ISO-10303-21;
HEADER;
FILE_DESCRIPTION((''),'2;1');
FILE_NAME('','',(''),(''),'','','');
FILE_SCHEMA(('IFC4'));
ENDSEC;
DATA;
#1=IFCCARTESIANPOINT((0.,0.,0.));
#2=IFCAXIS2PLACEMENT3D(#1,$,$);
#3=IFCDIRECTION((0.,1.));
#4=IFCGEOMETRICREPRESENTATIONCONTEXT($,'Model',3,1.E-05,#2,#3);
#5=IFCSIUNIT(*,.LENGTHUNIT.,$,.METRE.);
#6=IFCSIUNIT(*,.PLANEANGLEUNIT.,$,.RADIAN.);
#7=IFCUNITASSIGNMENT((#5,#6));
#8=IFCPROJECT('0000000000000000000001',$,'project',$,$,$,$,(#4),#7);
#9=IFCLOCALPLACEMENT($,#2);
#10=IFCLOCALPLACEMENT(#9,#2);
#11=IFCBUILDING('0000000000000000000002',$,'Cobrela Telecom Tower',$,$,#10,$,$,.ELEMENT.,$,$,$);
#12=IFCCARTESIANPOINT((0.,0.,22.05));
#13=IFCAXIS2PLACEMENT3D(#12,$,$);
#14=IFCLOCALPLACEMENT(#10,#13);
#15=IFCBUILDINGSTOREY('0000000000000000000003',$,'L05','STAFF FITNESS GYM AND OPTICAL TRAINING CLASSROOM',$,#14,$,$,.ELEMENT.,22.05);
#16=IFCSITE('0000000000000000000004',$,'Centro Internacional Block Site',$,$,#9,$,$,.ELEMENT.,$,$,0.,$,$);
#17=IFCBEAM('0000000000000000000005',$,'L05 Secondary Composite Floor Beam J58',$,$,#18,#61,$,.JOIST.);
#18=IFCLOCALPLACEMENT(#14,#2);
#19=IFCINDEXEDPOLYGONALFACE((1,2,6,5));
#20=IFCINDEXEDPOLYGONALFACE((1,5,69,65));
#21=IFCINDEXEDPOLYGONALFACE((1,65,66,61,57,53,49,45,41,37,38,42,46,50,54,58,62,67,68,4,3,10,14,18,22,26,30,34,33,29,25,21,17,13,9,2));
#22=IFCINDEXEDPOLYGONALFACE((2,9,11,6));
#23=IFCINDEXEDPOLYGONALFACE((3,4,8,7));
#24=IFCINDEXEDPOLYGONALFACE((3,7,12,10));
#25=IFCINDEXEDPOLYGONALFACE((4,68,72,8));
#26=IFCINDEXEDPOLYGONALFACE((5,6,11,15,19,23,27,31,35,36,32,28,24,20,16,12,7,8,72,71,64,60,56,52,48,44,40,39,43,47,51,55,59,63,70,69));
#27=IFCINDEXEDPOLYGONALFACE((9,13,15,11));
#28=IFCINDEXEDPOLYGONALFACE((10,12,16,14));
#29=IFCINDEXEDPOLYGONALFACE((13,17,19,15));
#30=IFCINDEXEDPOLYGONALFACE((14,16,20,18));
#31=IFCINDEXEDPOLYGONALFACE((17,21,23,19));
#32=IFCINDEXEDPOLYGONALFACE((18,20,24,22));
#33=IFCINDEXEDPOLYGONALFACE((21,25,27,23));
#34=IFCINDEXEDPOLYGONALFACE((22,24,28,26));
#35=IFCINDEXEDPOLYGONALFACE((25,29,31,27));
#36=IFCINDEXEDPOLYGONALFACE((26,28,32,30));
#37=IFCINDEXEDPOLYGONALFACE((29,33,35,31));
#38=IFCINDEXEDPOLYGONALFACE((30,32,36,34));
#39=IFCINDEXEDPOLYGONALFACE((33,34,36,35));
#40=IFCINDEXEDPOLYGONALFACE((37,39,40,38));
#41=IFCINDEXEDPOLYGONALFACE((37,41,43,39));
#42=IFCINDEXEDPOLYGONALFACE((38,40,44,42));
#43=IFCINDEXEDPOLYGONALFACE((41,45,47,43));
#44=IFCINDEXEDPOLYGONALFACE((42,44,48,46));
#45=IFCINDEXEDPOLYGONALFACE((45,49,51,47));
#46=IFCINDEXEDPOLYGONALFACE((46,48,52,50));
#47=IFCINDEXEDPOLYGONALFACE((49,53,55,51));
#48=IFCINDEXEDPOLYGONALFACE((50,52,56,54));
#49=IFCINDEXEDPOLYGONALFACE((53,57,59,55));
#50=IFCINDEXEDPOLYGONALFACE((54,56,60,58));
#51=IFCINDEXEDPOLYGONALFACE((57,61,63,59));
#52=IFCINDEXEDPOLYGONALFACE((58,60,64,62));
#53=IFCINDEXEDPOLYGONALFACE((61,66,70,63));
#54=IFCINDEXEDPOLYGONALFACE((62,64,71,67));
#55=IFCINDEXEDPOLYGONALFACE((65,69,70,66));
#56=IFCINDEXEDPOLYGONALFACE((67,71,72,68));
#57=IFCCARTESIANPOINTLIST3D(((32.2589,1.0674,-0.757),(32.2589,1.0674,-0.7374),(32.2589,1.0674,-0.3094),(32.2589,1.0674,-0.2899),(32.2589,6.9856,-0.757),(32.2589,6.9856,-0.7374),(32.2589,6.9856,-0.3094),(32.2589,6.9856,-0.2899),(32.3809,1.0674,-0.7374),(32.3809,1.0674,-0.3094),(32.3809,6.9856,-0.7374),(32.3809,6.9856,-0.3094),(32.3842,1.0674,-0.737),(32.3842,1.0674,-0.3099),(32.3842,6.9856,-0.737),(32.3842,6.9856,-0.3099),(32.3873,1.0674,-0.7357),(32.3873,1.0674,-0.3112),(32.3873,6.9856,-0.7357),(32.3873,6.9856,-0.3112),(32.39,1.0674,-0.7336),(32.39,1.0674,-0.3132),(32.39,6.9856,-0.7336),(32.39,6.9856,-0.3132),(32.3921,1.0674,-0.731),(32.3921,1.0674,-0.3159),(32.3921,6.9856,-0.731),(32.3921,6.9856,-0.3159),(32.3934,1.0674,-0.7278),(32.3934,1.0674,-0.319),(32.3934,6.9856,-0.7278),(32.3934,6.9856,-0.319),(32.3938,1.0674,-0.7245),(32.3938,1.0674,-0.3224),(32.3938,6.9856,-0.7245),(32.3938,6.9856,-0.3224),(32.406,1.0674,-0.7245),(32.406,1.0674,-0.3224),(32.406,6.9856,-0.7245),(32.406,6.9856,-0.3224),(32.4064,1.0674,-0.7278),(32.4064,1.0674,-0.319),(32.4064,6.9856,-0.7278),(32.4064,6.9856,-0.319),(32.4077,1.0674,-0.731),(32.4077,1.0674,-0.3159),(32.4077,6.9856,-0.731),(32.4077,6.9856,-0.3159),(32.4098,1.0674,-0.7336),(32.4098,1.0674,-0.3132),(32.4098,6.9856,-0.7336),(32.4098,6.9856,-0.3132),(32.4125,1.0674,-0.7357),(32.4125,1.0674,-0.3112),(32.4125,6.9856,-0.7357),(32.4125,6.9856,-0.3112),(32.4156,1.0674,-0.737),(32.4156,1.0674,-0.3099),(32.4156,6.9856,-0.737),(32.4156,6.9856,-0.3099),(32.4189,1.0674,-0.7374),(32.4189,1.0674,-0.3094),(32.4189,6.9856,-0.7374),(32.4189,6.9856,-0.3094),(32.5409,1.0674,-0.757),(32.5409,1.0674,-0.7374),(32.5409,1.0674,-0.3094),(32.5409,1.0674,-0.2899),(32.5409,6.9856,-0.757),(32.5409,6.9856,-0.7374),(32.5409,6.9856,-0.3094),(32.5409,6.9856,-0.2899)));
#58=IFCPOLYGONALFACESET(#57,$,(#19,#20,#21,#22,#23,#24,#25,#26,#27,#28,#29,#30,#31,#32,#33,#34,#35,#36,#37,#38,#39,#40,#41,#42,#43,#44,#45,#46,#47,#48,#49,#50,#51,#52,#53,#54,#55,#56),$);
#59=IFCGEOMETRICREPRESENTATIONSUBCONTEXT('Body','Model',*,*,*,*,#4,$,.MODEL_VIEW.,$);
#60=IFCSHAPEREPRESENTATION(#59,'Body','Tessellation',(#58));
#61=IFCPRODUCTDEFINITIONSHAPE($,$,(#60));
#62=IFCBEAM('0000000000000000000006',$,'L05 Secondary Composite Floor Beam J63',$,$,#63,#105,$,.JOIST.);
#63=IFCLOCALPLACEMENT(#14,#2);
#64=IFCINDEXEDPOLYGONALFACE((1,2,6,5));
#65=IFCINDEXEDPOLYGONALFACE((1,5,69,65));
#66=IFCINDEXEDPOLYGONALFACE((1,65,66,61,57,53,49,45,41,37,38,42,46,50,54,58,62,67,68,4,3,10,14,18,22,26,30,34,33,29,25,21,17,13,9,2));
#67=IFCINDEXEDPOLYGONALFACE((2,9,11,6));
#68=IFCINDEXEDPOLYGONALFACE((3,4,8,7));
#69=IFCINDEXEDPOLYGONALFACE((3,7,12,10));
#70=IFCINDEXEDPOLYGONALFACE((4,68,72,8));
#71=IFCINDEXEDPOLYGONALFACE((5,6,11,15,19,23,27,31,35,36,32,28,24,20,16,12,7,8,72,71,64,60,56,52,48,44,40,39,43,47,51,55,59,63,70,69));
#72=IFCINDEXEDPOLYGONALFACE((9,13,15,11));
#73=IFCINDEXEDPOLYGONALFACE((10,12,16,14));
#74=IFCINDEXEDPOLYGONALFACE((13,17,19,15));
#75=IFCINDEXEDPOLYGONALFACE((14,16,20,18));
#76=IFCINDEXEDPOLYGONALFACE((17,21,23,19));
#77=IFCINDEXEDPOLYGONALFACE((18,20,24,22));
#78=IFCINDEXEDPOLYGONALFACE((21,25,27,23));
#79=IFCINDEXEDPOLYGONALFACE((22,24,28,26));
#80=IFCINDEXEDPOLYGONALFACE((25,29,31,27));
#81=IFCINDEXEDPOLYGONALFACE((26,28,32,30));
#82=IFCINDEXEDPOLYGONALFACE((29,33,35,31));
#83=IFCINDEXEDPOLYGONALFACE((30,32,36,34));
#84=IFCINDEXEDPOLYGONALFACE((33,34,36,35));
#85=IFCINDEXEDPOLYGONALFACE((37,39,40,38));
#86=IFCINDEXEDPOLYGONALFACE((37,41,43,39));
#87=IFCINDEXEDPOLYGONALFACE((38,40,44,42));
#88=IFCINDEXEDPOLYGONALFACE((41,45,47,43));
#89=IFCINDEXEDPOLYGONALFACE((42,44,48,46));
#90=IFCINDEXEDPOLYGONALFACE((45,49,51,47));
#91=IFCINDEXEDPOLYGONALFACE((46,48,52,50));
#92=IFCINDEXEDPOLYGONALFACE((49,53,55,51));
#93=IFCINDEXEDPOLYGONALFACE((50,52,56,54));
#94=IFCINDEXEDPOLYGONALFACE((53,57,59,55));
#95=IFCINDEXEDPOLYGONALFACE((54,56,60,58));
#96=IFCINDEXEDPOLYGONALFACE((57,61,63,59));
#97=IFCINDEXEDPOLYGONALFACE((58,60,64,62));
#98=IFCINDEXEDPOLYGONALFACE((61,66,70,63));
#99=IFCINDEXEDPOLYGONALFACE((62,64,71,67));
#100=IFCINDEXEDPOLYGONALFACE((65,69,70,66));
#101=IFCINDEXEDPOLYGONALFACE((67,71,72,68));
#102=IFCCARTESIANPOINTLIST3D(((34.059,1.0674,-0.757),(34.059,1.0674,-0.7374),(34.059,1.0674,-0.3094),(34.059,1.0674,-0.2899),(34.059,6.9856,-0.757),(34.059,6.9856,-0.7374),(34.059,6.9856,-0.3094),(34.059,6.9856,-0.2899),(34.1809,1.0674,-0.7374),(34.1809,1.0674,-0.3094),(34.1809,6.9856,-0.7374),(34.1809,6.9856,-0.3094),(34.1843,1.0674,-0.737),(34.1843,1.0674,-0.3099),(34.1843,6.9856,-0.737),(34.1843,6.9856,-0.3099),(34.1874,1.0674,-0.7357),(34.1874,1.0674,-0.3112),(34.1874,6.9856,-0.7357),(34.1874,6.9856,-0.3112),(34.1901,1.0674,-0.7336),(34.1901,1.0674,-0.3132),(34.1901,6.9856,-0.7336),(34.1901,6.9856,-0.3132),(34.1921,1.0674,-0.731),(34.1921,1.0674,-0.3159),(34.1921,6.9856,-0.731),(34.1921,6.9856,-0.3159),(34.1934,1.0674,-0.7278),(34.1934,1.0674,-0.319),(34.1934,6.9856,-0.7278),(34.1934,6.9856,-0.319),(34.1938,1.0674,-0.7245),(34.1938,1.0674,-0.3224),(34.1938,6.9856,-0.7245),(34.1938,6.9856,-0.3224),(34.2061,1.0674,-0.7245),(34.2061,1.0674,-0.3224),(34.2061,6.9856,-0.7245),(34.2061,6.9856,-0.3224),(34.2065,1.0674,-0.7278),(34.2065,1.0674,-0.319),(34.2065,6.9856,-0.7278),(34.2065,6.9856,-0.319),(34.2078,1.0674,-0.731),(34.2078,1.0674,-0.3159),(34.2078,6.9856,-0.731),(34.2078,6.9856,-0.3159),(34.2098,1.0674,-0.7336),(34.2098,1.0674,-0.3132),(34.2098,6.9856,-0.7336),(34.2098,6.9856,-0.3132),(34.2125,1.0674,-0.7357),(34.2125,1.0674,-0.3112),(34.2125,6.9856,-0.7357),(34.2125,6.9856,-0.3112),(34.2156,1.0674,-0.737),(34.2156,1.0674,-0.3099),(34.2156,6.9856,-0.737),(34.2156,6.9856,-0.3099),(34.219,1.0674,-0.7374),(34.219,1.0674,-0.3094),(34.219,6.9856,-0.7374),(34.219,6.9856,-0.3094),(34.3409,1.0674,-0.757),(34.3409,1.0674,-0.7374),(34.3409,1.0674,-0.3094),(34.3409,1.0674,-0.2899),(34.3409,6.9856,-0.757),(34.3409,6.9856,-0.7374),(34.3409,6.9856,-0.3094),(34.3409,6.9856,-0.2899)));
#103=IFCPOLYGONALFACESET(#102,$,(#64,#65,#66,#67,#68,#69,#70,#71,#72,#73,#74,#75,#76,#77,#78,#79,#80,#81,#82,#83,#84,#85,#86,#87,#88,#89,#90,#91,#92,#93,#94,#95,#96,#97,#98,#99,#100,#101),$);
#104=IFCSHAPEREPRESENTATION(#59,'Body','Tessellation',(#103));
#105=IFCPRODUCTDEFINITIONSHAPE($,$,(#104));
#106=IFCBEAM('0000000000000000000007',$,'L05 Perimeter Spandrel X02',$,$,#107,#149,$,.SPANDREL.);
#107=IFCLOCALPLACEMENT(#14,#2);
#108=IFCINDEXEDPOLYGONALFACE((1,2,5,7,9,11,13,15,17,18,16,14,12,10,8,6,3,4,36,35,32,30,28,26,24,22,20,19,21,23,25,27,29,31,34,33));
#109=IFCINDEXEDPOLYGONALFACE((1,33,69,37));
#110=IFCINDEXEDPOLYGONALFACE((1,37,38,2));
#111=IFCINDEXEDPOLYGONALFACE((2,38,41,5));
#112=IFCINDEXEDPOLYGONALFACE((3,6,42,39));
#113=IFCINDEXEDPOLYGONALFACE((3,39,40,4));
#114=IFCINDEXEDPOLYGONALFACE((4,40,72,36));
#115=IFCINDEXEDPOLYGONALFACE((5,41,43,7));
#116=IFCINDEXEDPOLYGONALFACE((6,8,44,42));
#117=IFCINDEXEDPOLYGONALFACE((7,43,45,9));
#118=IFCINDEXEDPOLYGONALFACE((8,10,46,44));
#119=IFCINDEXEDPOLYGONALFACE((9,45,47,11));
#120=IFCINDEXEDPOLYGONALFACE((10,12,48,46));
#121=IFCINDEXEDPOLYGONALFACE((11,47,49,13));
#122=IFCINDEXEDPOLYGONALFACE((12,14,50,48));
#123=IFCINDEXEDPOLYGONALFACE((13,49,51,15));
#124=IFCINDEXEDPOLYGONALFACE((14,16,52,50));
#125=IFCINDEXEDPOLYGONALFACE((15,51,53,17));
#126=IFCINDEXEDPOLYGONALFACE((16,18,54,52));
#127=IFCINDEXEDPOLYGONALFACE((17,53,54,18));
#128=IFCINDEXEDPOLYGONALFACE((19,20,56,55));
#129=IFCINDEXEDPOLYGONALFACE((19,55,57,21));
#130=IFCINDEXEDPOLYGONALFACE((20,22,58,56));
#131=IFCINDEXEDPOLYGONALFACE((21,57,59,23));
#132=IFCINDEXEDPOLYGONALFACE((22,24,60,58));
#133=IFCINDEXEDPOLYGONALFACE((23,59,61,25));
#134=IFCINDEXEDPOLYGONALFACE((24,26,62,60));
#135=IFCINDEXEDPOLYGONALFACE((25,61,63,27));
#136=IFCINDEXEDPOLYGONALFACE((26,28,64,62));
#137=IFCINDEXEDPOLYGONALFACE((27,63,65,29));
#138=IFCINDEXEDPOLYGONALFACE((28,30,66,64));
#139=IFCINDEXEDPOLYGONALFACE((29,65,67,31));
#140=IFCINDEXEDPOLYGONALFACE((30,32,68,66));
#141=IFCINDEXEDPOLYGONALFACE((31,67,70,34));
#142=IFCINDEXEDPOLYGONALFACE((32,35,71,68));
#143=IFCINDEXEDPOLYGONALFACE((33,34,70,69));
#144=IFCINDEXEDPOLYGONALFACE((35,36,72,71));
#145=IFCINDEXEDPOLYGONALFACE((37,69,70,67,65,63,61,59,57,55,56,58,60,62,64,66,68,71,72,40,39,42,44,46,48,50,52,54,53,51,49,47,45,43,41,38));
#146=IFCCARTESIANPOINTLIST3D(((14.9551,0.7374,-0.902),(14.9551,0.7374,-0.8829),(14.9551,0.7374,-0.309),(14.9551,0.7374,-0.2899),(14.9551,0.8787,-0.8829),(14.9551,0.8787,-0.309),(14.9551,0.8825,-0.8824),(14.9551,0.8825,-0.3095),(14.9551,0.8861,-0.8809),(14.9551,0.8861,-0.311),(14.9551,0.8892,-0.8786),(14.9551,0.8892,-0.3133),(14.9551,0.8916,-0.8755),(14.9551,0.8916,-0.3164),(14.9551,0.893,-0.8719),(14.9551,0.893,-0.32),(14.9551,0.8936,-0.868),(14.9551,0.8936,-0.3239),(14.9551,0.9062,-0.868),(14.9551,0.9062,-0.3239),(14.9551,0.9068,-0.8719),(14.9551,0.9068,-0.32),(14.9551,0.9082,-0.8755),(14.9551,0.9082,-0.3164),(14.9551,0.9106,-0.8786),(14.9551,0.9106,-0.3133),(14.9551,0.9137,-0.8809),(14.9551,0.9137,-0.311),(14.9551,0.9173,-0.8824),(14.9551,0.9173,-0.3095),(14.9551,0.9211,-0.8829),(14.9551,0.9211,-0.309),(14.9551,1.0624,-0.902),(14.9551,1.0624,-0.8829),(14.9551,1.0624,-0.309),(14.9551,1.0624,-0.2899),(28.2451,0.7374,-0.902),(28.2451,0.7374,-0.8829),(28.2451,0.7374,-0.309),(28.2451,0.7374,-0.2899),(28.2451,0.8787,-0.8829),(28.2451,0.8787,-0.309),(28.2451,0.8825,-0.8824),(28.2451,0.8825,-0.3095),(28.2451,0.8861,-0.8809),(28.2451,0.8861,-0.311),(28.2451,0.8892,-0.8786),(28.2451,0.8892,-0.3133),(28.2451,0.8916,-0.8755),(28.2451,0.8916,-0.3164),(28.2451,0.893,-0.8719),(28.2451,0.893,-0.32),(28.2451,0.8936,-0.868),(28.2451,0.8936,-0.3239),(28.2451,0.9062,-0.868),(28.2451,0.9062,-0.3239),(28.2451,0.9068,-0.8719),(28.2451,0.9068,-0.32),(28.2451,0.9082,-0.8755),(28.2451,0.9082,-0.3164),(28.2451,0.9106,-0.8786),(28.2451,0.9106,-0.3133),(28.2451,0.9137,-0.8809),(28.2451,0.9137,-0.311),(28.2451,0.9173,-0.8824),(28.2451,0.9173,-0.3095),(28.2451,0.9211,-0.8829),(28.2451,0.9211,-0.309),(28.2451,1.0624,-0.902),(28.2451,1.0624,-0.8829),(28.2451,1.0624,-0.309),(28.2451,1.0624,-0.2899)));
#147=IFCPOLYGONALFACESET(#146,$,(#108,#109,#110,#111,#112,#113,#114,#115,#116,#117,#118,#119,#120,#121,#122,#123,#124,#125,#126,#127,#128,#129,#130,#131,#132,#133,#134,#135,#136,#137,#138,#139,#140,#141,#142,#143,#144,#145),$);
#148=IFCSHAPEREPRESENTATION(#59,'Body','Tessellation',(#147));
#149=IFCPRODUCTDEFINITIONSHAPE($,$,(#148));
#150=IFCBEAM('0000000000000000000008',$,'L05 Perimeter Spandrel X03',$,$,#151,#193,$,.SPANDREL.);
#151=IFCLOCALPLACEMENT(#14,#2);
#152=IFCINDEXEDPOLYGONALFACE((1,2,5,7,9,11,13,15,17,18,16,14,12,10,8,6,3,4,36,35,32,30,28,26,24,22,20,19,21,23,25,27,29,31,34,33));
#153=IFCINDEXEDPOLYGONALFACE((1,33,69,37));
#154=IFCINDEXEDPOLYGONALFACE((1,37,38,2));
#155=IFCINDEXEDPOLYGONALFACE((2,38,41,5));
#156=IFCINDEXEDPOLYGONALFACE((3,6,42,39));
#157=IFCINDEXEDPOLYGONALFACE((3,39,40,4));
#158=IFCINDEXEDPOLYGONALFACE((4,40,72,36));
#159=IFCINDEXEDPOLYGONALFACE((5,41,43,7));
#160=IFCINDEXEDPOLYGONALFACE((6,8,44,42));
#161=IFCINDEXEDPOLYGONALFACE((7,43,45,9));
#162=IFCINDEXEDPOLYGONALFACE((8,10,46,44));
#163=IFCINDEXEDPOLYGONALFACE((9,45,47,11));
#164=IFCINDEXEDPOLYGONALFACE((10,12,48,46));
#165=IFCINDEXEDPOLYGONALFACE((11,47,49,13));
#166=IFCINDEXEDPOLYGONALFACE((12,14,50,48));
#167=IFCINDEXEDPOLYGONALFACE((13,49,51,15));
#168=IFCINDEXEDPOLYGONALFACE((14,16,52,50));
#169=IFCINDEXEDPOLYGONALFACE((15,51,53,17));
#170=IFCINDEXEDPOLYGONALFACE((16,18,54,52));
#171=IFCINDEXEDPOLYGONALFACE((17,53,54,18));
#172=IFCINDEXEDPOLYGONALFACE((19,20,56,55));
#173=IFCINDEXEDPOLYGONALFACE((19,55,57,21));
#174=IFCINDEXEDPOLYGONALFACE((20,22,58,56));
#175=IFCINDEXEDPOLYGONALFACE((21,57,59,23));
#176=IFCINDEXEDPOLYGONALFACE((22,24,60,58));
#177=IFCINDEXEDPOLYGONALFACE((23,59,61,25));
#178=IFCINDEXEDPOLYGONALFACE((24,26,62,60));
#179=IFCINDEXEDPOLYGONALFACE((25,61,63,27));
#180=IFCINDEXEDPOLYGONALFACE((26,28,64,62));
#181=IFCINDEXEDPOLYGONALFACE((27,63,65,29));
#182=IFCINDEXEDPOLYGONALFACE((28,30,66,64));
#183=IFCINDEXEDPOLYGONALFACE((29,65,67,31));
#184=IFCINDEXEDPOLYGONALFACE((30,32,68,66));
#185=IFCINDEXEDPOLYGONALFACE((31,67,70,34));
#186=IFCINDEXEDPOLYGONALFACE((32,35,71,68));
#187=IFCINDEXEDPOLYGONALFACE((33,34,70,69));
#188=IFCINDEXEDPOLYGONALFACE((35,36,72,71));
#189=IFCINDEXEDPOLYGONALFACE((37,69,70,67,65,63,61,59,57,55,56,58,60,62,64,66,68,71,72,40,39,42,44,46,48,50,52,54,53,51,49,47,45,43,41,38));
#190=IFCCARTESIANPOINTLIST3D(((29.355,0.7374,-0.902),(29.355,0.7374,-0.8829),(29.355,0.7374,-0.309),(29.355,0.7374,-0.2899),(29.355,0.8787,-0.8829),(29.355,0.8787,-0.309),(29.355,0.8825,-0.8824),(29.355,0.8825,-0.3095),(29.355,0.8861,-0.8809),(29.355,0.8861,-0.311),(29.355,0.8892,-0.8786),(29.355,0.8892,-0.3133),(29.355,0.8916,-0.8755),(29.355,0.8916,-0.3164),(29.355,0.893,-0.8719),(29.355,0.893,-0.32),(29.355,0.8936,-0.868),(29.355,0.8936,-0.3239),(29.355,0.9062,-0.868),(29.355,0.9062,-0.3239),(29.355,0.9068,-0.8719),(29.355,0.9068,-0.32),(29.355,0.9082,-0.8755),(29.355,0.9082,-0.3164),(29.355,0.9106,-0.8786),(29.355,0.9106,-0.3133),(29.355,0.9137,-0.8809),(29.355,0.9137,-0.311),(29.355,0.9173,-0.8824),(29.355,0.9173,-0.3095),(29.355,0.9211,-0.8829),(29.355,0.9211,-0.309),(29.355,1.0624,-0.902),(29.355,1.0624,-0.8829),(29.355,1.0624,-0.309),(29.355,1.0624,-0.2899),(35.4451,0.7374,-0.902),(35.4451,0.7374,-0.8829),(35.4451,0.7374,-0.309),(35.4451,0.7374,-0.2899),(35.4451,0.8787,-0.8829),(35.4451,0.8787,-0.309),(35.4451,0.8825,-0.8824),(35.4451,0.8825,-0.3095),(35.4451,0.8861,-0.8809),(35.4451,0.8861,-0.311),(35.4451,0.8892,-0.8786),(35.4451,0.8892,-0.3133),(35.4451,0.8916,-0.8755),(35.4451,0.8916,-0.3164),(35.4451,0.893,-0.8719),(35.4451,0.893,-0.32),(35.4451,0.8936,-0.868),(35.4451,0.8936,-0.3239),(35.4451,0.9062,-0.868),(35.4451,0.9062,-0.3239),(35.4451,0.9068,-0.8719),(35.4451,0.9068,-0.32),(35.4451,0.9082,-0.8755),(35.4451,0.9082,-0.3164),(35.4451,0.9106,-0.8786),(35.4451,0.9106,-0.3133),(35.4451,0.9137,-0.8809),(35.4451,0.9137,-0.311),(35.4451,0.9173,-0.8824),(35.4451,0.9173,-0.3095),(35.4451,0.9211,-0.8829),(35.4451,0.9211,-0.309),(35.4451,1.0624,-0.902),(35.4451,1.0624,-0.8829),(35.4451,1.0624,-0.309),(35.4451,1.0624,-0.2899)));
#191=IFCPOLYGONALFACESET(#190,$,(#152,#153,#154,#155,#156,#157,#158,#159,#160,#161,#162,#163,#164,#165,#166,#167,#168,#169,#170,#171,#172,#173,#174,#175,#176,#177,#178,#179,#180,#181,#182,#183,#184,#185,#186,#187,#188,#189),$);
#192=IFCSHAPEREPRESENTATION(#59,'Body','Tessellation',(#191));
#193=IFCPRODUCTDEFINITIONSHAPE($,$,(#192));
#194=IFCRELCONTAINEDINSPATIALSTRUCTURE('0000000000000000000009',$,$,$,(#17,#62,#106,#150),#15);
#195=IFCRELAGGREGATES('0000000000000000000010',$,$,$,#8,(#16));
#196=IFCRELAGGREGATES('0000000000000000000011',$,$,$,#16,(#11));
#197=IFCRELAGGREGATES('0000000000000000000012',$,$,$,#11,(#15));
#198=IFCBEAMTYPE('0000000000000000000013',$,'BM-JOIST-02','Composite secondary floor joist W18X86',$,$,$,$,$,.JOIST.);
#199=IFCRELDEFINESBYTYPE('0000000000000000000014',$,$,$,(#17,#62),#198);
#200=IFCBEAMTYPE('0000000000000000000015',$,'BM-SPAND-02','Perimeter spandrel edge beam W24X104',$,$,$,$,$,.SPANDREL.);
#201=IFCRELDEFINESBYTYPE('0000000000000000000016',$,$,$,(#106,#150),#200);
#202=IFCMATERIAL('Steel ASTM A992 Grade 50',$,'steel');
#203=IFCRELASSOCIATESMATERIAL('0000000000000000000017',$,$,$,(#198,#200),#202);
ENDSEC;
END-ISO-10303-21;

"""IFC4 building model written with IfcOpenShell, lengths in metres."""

from ifc_helpers import new_model, si_unit, direction, frame, origin, origin_2d, place, context, subcontext, project, spatial, i_section, extrude, material, material_profile, profile_set, type_object, element, save


model = new_model("IFC4")

# Units and contexts
model_context = context("Model", 3, precision=1e-05, world=origin(), true_north=direction((0.0, 1.0)))
body_context = subcontext(model_context, "Body", "Model", "MODEL_VIEW")
ifc_project = project(units=[si_unit("LENGTHUNIT", "METRE"), si_unit("PLANEANGLEUNIT", "RADIAN")], contexts=[model_context])

# Site, building, storey
site_placement = place(None, origin())
site = spatial("IfcSite", under=ifc_project, at=site_placement, Name="Centro Internacional Block Site", CompositionType="ELEMENT", RefElevation=0.0)
building_placement = place(site_placement, origin())
building = spatial("IfcBuilding", under=site, at=building_placement, Name="Cobrela Telecom Tower", CompositionType="ELEMENT")
storey_placement = place(building_placement, frame((0.0, 0.0, 22.05)))
storey = spatial("IfcBuildingStorey", under=building, at=storey_placement, Name="L05", Description="STAFF FITNESS GYM AND OPTICAL TRAINING CLASSROOM", CompositionType="ELEMENT", Elevation=22.05)

# Beams
ifc_material_1 = material(Name="Steel ASTM A992 Grade 50", Category="steel")
ifc_material_profile_1 = material_profile(ifc_material_1, i_section(OverallWidth=0.282, OverallDepth=0.467, WebThickness=0.0122, FlangeThickness=0.0195, FilletRadius=0.0129, at=origin_2d()), Name="W18X86")
ifc_profile_set_1 = profile_set([ifc_material_profile_1], Name="Steel ASTM A992 Grade 50")
beam_type_1 = type_object("IfcBeamType", Name="BM-JOIST-02", Description="Composite secondary floor joist W18X86", PredefinedType="JOIST", material=ifc_profile_set_1)
for number, where, z_axis, x_axis, name in (
    (1, (32.3999, 1.0674, -0.5234), (0.0, 1.0, 0.0), (-1.0, 0.0, 0.0), "L05 Secondary Composite Floor Beam J58"),
    (2, (34.2, 1.0674, -0.5234), (0.0, 1.0, 0.0), (-1.0, 0.0, 0.0), "L05 Secondary Composite Floor Beam J63"),
):
    element("IfcBeam", number, at=place(storey_placement, frame(where, z_axis=z_axis, x_axis=x_axis)), inside=storey, type_object=beam_type_1, Name=name, PredefinedType="JOIST", context=body_context, shape_type="SweptSolid", body=[
        extrude(i_section(OverallWidth=0.282, OverallDepth=0.467, WebThickness=0.0122, FlangeThickness=0.0195, FilletRadius=0.0129, at=origin_2d()), origin(), (0.0, 0.0, 1.0), 5.9182),
    ])
ifc_material_profile_2 = material_profile(ifc_material_1, i_section(OverallWidth=0.325, OverallDepth=0.6121, WebThickness=0.0127, FlangeThickness=0.019, FilletRadius=0.0149, at=origin_2d()), Name="W24X104")
ifc_profile_set_2 = profile_set([ifc_material_profile_2], Name="Steel ASTM A992 Grade 50")
beam_type_2 = type_object("IfcBeamType", Name="BM-SPAND-02", Description="Perimeter spandrel edge beam W24X104", PredefinedType="SPANDREL", material=ifc_profile_set_2)
beam_1_placement = place(storey_placement, frame((14.9551, 0.8999, -0.5959), z_axis=(1.0, 0.0, 0.0), x_axis=(0.0, 1.0, 0.0)))
element("IfcBeam", 3, at=beam_1_placement, inside=storey, type_object=beam_type_2, Name="L05 Perimeter Spandrel X02", PredefinedType="SPANDREL", context=body_context, shape_type="SweptSolid", body=[
    extrude(i_section(OverallWidth=0.325, OverallDepth=0.6121, WebThickness=0.0127, FlangeThickness=0.019, FilletRadius=0.0149, at=origin_2d()), origin(), (0.0, 0.0, 1.0), 13.29),
])
beam_2_placement = place(storey_placement, frame((29.355, 0.8999, -0.5959), z_axis=(1.0, 0.0, 0.0), x_axis=(0.0, 1.0, 0.0)))
element("IfcBeam", 4, at=beam_2_placement, inside=storey, type_object=beam_type_2, Name="L05 Perimeter Spandrel X03", PredefinedType="SPANDREL", context=body_context, shape_type="SweptSolid", body=[
    extrude(i_section(OverallWidth=0.325, OverallDepth=0.6121, WebThickness=0.0127, FlangeThickness=0.019, FilletRadius=0.0149, at=origin_2d()), origin(), (0.0, 0.0, 1.0), 6.0901),
])

save(model, "model.ifc")
